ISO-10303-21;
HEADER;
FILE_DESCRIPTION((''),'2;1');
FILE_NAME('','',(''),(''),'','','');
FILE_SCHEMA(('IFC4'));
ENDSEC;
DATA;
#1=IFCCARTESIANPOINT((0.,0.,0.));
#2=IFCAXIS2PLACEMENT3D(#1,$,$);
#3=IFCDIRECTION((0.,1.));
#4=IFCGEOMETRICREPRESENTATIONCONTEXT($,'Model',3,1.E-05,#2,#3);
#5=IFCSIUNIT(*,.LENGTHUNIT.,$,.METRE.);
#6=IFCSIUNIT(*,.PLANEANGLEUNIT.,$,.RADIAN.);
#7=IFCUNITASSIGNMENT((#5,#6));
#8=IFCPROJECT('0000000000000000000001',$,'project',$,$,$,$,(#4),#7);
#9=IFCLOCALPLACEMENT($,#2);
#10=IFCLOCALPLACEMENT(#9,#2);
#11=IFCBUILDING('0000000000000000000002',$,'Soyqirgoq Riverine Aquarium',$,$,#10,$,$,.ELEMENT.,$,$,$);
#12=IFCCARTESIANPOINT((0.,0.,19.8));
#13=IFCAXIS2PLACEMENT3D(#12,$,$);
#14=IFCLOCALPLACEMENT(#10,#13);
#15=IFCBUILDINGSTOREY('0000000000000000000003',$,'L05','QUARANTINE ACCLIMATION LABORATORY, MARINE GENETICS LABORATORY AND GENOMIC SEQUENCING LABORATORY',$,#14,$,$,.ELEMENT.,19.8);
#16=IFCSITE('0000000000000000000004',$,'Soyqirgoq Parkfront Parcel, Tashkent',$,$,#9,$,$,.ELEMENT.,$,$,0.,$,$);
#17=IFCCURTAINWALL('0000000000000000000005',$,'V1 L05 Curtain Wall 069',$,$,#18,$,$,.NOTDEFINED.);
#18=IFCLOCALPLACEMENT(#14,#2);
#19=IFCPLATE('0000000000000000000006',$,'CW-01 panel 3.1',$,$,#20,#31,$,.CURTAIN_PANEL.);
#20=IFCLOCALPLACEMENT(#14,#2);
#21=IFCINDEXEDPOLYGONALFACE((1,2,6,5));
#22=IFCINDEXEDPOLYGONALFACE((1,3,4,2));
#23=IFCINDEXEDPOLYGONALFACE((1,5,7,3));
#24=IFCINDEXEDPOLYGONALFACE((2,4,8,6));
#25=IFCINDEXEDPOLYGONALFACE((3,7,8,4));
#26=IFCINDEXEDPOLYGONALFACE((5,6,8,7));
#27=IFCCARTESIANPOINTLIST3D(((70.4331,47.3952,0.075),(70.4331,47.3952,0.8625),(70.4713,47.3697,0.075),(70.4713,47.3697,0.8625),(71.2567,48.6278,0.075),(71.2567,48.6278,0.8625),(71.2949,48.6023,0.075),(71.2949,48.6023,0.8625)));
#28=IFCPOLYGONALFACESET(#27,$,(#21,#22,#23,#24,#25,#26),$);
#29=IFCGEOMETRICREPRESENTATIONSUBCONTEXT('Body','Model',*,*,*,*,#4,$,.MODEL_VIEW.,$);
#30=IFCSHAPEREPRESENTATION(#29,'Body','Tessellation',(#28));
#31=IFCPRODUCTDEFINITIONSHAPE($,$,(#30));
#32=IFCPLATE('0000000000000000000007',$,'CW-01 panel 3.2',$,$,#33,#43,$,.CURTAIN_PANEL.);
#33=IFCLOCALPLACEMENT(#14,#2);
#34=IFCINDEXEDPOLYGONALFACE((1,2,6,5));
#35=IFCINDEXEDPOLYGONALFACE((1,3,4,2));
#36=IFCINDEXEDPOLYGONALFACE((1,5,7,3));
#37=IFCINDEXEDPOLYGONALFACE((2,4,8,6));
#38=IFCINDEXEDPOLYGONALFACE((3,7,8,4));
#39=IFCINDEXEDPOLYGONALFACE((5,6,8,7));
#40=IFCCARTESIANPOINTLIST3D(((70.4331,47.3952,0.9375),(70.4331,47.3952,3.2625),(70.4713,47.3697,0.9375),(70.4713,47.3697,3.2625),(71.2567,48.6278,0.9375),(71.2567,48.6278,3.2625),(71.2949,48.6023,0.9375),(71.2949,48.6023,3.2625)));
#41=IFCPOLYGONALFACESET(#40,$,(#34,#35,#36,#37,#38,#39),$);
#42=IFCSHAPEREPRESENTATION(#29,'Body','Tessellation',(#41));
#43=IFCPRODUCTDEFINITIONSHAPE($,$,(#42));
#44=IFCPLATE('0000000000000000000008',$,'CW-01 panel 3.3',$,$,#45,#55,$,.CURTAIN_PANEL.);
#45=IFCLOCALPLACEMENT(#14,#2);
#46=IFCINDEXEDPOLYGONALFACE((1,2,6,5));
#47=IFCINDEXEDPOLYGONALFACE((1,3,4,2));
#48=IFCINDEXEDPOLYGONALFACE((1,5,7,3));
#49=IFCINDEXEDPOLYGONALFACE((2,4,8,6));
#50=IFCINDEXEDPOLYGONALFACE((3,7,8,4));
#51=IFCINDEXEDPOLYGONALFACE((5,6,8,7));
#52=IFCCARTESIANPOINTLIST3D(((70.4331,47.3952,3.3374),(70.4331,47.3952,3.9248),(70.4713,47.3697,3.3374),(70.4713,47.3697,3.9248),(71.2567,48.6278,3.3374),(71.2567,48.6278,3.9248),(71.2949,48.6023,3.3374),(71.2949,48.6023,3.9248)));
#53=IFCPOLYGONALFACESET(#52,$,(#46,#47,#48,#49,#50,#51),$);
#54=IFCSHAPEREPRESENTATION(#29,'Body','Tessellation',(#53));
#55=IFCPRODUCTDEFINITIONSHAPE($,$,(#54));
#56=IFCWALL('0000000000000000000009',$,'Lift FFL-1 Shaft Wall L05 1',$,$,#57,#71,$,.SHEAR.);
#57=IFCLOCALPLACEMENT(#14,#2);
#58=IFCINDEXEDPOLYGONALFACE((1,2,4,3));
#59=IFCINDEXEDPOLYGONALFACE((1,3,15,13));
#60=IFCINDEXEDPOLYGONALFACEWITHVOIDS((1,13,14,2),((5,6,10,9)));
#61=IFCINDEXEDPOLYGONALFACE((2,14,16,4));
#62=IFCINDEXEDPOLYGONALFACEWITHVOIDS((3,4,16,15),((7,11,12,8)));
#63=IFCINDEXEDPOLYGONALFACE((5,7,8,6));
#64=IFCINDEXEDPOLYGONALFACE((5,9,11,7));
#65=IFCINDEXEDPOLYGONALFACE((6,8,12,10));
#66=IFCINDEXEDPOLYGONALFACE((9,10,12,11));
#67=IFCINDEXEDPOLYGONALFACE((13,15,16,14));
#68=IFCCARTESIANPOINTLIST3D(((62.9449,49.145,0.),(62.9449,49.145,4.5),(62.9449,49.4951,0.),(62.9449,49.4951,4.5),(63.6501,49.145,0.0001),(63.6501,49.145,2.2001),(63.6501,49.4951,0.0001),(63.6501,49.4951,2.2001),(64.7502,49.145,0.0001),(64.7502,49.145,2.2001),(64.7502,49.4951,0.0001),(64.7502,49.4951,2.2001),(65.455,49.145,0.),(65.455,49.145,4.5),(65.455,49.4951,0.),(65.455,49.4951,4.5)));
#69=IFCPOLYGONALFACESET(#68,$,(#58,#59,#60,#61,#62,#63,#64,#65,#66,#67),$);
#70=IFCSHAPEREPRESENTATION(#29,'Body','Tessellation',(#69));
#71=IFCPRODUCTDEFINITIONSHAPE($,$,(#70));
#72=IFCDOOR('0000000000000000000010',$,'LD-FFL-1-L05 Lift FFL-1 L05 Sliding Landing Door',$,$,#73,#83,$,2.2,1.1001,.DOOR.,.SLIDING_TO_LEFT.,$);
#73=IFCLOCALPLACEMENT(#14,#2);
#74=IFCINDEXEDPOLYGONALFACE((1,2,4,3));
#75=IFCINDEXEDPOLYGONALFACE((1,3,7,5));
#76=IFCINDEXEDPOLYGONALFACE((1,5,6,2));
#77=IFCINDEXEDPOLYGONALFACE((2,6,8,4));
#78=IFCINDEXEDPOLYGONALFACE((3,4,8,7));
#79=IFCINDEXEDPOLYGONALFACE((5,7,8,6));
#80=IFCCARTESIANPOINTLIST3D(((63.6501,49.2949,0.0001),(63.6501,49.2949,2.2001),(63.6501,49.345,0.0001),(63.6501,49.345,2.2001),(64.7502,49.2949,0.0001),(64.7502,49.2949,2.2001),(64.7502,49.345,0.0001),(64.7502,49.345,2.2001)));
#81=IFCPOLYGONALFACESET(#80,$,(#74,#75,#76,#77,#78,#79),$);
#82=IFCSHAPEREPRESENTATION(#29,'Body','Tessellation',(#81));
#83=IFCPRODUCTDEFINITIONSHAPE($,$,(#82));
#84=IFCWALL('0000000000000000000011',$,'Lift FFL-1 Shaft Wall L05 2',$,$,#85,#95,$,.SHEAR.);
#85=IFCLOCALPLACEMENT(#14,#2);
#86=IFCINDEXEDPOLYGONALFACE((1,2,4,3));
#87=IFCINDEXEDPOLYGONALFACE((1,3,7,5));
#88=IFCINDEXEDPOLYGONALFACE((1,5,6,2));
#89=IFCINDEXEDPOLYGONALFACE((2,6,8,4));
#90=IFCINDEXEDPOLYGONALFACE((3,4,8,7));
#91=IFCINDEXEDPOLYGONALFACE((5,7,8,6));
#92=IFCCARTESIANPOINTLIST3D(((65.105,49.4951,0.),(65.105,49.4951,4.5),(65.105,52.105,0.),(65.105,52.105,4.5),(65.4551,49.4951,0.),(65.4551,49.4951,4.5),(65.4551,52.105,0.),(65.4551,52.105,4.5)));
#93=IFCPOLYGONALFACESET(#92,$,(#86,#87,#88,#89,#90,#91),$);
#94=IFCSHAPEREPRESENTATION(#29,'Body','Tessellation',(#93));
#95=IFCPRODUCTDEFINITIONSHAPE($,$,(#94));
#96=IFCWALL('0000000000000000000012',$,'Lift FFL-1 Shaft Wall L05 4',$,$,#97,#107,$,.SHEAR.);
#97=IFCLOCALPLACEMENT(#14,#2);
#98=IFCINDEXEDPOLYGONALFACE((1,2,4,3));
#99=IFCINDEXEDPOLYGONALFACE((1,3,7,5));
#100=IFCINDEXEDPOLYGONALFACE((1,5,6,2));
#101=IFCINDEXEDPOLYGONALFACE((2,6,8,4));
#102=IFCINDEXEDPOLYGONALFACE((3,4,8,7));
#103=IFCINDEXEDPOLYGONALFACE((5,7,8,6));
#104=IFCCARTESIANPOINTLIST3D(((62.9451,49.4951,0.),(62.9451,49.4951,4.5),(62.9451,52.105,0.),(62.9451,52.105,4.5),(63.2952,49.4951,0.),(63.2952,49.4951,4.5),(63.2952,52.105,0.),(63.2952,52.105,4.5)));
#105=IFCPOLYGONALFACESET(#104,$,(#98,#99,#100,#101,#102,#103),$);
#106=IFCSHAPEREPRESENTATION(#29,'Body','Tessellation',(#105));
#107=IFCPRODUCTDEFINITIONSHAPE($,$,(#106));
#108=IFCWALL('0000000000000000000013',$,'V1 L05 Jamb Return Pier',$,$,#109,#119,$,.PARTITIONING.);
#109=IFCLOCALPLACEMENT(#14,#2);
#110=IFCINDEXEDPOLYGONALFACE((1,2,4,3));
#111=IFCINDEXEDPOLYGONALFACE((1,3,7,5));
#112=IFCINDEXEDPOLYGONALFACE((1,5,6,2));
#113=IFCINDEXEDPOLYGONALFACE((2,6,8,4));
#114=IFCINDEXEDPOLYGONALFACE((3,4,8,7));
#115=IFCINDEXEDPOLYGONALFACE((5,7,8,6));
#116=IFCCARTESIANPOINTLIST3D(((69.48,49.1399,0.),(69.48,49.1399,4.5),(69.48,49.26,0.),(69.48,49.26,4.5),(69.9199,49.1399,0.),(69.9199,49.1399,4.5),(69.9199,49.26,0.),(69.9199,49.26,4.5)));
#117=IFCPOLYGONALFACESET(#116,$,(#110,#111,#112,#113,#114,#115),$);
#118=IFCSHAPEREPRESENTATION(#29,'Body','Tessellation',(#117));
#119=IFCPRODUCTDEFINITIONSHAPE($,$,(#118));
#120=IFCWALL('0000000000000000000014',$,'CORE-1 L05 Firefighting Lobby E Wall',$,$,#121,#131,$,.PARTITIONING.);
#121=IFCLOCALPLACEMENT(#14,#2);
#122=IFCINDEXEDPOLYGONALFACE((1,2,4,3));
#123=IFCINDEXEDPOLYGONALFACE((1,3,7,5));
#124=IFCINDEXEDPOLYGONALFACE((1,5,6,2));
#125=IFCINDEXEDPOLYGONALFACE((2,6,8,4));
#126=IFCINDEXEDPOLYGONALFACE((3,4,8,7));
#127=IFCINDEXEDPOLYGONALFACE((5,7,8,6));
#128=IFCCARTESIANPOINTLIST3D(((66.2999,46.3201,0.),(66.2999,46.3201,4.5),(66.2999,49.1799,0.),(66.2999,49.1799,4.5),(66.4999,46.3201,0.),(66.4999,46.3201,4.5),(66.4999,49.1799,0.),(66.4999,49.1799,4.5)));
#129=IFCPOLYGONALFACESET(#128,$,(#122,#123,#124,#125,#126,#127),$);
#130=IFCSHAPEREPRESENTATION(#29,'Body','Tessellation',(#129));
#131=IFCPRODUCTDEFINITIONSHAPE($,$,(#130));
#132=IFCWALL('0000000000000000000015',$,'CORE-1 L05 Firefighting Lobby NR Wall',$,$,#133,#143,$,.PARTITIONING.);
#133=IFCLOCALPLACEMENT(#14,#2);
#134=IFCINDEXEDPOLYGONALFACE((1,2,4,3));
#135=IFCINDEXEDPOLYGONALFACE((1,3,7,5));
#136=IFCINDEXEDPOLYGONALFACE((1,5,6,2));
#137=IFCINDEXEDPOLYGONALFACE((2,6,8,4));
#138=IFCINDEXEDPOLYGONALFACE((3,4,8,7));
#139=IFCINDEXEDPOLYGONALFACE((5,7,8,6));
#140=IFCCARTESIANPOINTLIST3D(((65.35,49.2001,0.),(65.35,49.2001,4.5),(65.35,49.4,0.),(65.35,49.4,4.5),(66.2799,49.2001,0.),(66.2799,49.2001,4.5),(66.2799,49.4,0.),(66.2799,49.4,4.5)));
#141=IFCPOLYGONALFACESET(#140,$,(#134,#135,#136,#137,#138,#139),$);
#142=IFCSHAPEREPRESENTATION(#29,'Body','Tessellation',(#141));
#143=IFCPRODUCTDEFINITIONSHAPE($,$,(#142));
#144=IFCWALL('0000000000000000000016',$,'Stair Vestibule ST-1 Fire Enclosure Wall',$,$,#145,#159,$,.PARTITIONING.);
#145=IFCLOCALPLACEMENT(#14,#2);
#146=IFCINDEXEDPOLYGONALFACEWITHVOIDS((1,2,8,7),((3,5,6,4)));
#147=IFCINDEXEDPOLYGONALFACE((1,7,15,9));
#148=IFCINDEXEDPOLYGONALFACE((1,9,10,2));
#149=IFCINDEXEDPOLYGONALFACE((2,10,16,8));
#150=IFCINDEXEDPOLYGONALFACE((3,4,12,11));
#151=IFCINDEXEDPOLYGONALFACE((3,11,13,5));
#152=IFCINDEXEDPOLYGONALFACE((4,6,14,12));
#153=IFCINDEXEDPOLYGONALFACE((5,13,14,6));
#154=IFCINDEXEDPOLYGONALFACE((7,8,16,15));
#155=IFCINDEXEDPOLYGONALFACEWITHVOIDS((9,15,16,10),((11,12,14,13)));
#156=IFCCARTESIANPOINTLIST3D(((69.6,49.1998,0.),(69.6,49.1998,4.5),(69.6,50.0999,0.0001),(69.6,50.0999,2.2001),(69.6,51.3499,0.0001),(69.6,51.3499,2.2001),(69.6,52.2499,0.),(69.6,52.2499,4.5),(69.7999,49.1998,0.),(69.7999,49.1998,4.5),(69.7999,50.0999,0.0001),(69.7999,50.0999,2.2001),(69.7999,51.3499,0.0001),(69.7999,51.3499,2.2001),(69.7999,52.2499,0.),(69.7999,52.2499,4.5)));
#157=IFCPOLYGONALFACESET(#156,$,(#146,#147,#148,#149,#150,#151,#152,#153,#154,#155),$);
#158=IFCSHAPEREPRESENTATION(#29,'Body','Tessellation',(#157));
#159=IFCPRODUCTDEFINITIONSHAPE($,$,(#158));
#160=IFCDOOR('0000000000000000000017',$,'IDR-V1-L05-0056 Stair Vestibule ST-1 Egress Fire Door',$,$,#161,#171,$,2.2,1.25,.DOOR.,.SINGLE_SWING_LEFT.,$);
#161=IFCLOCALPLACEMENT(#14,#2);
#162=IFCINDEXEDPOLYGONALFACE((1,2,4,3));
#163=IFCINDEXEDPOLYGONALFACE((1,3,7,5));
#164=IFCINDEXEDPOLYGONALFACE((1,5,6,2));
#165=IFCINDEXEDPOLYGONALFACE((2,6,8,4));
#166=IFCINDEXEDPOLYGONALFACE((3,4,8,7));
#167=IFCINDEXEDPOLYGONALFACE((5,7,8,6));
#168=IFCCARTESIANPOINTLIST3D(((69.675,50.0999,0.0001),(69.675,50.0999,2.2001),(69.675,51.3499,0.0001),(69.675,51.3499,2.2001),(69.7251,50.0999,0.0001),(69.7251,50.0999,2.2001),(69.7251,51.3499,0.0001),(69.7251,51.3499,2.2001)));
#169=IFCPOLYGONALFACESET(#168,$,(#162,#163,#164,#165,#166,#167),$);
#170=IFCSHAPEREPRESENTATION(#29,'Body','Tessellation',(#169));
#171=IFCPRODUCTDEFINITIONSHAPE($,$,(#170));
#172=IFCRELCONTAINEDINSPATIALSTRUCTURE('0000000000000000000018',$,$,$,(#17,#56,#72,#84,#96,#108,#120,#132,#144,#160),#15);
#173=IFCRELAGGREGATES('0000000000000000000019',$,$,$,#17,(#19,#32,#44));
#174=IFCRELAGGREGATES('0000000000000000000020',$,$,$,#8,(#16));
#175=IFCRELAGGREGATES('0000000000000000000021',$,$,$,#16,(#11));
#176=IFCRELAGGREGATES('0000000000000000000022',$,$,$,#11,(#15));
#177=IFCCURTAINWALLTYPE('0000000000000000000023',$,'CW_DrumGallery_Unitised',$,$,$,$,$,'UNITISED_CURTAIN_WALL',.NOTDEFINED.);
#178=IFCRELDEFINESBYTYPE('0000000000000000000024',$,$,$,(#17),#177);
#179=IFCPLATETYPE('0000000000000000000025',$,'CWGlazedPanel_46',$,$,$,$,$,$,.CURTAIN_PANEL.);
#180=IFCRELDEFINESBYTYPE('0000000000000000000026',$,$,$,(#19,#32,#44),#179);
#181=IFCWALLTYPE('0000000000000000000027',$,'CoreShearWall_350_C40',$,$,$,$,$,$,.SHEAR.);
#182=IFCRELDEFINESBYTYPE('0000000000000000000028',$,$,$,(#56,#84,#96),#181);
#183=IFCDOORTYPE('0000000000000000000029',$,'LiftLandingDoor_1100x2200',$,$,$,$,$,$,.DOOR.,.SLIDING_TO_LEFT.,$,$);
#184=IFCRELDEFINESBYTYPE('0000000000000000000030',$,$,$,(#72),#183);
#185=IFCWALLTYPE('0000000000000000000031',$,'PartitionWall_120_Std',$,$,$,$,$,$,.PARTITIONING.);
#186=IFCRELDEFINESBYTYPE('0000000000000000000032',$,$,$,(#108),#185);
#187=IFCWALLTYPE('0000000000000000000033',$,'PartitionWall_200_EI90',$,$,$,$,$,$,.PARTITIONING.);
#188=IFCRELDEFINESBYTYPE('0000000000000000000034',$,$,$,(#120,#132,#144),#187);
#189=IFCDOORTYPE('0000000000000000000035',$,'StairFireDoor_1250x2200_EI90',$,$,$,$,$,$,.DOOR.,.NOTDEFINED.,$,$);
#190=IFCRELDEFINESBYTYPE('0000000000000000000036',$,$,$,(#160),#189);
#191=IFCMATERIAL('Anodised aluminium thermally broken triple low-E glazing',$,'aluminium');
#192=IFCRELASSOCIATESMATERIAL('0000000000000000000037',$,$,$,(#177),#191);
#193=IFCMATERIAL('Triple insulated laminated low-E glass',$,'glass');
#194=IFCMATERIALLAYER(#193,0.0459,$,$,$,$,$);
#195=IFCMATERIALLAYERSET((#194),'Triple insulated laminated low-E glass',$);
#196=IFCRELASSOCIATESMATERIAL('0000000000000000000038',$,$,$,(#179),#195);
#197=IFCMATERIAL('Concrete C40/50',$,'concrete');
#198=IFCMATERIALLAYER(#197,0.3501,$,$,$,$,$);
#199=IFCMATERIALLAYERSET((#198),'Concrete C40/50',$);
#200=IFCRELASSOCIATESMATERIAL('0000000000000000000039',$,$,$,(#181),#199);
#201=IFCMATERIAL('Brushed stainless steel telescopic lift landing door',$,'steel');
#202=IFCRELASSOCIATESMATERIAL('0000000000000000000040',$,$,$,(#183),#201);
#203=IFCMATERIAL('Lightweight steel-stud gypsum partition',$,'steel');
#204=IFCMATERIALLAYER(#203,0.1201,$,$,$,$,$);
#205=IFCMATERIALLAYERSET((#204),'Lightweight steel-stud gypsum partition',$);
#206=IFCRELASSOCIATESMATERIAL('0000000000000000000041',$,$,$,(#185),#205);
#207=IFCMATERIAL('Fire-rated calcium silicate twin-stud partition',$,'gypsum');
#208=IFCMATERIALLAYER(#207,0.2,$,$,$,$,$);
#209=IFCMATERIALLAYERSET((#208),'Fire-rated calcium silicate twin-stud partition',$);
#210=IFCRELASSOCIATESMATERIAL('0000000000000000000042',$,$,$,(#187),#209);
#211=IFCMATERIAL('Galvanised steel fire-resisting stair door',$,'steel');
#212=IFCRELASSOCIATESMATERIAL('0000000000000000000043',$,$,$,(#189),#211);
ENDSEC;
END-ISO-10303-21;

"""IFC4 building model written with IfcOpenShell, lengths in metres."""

from ifc_helpers import new_model, si_unit, direction, frame, frame_2d, origin, origin_2d, place, context, subcontext, project, spatial, rectangle, extrude, material, layer, layer_set, type_object, element, fill, aggregate, save


model = new_model("IFC4")

# Units and contexts
model_context = context("Model", 3, precision=1e-05, world=origin(), true_north=direction((0.0, 1.0)))
body_context = subcontext(model_context, "Body", "Model", "MODEL_VIEW")
ifc_project = project(units=[si_unit("LENGTHUNIT", "METRE"), si_unit("PLANEANGLEUNIT", "RADIAN")], contexts=[model_context])

# Site, building, storey
site_placement = place(None, origin())
site = spatial("IfcSite", under=ifc_project, at=site_placement, Name="Soyqirgoq Parkfront Parcel, Tashkent", CompositionType="ELEMENT", RefElevation=0.0)
building_placement = place(site_placement, origin())
building = spatial("IfcBuilding", under=site, at=building_placement, Name="Soyqirgoq Riverine Aquarium", CompositionType="ELEMENT")
storey_placement = place(building_placement, frame((0.0, 0.0, 19.8)))
storey = spatial("IfcBuildingStorey", under=building, at=storey_placement, Name="L05", Description="QUARANTINE ACCLIMATION LABORATORY, MARINE GENETICS LABORATORY AND GENOMIC SEQUENCING LABORATORY", CompositionType="ELEMENT", Elevation=19.8)

# Curtain wall, plates
ifc_material_1 = material(Name="Anodised aluminium thermally broken triple low-E glazing", Category="aluminium")
curtain_wall_type = type_object("IfcCurtainWallType", Name="CW_DrumGallery_Unitised", ElementType="UNITISED_CURTAIN_WALL", PredefinedType="NOTDEFINED", material=ifc_material_1)
curtain_wall_placement = place(storey_placement, origin())
curtain_wall = element("IfcCurtainWall", 1, at=curtain_wall_placement, inside=storey, type_object=curtain_wall_type, Name="V1 L05 Curtain Wall 069", PredefinedType="NOTDEFINED")
ifc_material_2 = material(Name="Triple insulated laminated low-E glass", Category="glass")
ifc_layer_1 = layer(ifc_material_2, 0.0459)
ifc_layer_set_1 = layer_set([ifc_layer_1], Name="Triple insulated laminated low-E glass")
plate_type = type_object("IfcPlateType", Name="CWGlazedPanel_46", PredefinedType="CURTAIN_PANEL", material=ifc_layer_set_1)
plate_1_placement = place(storey_placement, frame((70.864, 47.9988, 0.075), z_axis=(0.0, 0.0, 1.0), x_axis=(0.555561, 0.831476, 0.0)))
plate_1 = element("IfcPlate", 2, at=plate_1_placement, type_object=plate_type, Name="CW-01 panel 3.1", PredefinedType="CURTAIN_PANEL", context=body_context, shape_type="SweptSolid", body=[
    extrude(rectangle(XDim=1.4824, YDim=0.0459, at=origin_2d()), origin(), (0.0, 0.0, 1.0), 0.7876),
])
plate_2_placement = place(storey_placement, frame((70.864, 47.9988, 0.9375), z_axis=(0.0, 0.0, 1.0), x_axis=(0.555561, 0.831476, 0.0)))
plate_2 = element("IfcPlate", 3, at=plate_2_placement, type_object=plate_type, Name="CW-01 panel 3.2", PredefinedType="CURTAIN_PANEL", context=body_context, shape_type="SweptSolid", body=[
    extrude(rectangle(XDim=1.4824, YDim=0.0459, at=origin_2d()), origin(), (0.0, 0.0, 1.0), 2.325),
])
plate_3_placement = place(storey_placement, frame((70.864, 47.9988, 3.3374), z_axis=(0.0, 0.0, 1.0), x_axis=(0.555561, 0.831476, 0.0)))
plate_3 = element("IfcPlate", 4, at=plate_3_placement, type_object=plate_type, Name="CW-01 panel 3.3", PredefinedType="CURTAIN_PANEL", context=body_context, shape_type="SweptSolid", body=[
    extrude(rectangle(XDim=1.4824, YDim=0.0459, at=origin_2d()), origin(), (0.0, 0.0, 1.0), 0.5874),
])
aggregate(curtain_wall, [plate_1, plate_2, plate_3])

# Wall, opening, door
ifc_material_3 = material(Name="Concrete C40/50", Category="concrete")
ifc_layer_2 = layer(ifc_material_3, 0.3501)
ifc_layer_set_2 = layer_set([ifc_layer_2], Name="Concrete C40/50")
wall_type_1 = type_object("IfcWallType", Name="CoreShearWall_350_C40", PredefinedType="SHEAR", material=ifc_layer_set_2)
wall_1_placement = place(storey_placement, frame((62.9451, 49.3201, 0.0), z_axis=(0.0, 0.0, 1.0), x_axis=(1.0, 0.0, 0.0)))
wall_1 = element("IfcWall", 5, at=wall_1_placement, inside=storey, type_object=wall_type_1, Name="Lift FFL-1 Shaft Wall L05 1", PredefinedType="SHEAR", context=body_context, shape_type="SweptSolid", body=[
    extrude(rectangle(XDim=2.51, YDim=0.3501, at=frame_2d((1.2549, 0.0))), origin(), (0.0, 0.0, 1.0), 4.5),
])
opening_1_placement = place(wall_1_placement, frame((0.7051, 0.0, 0.0)))
opening_1 = element("IfcOpeningElement", 6, at=opening_1_placement, cuts=wall_1, PredefinedType="OPENING", context=body_context, shape_type="SweptSolid", body=[
    extrude(rectangle(XDim=1.1001, YDim=2.2, at=frame_2d((0.55, 1.1001))), frame((0.0, 0.1851, 0.0), z_axis=(0.0, -1.0, 0.0), x_axis=(1.0, 0.0, 0.0)), (0.0, 0.0, 1.0), 0.3701),
])
ifc_material_4 = material(Name="Brushed stainless steel telescopic lift landing door", Category="steel")
door_type_1 = type_object("IfcDoorType", Name="LiftLandingDoor_1100x2200", OperationType="SLIDING_TO_LEFT", PredefinedType="DOOR", material=ifc_material_4)
door_1_placement = place(opening_1_placement, origin())
door_1 = element("IfcDoor", 7, at=door_1_placement, inside=storey, type_object=door_type_1, Name="LD-FFL-1-L05 Lift FFL-1 L05 Sliding Landing Door", OperationType="SLIDING_TO_LEFT", OverallHeight=2.2, OverallWidth=1.1001, PredefinedType="DOOR", context=body_context, shape_type="SweptSolid", body=[
    extrude(rectangle(XDim=1.1001, YDim=2.2, at=frame_2d((0.55, 1.1001))), frame((0.0, 0.0249, 0.0), z_axis=(0.0, -1.0, 0.0), x_axis=(1.0, 0.0, 0.0)), (0.0, 0.0, 1.0), 0.05),
])
fill(opening_1, door_1)

# Walls
for number, where, z_axis, x_axis, name in (
    (8, (65.28, 49.4951, 0.0), (0.0, 0.0, 1.0), (0.0, 1.0, 0.0), "Lift FFL-1 Shaft Wall L05 2"),
    (9, (63.1201, 52.105, 0.0), (0.0, 0.0, 1.0), (0.0, -1.0, 0.0), "Lift FFL-1 Shaft Wall L05 4"),
):
    element("IfcWall", number, at=place(storey_placement, frame(where, z_axis=z_axis, x_axis=x_axis)), inside=storey, type_object=wall_type_1, Name=name, PredefinedType="SHEAR", context=body_context, shape_type="SweptSolid", body=[
        extrude(rectangle(XDim=2.6099, YDim=0.3501, at=frame_2d((1.3049, 0.0))), origin(), (0.0, 0.0, 1.0), 4.5),
    ])
ifc_material_5 = material(Name="Lightweight steel-stud gypsum partition", Category="steel")
ifc_layer_3 = layer(ifc_material_5, 0.1201)
ifc_layer_set_3 = layer_set([ifc_layer_3], Name="Lightweight steel-stud gypsum partition")
wall_type_2 = type_object("IfcWallType", Name="PartitionWall_120_Std", PredefinedType="PARTITIONING", material=ifc_layer_set_3)
wall_2_placement = place(storey_placement, frame((69.9199, 49.2, 0.0), z_axis=(0.0, 0.0, 1.0), x_axis=(-1.0, 0.0, 0.0)))
element("IfcWall", 10, at=wall_2_placement, inside=storey, type_object=wall_type_2, Name="V1 L05 Jamb Return Pier", PredefinedType="PARTITIONING", context=body_context, shape_type="SweptSolid", body=[
    extrude(rectangle(XDim=0.4399, YDim=0.1201, at=frame_2d((0.22, 0.0))), origin(), (0.0, 0.0, 1.0), 4.5),
])
ifc_material_6 = material(Name="Fire-rated calcium silicate twin-stud partition", Category="gypsum")
ifc_layer_4 = layer(ifc_material_6, 0.2)
ifc_layer_set_4 = layer_set([ifc_layer_4], Name="Fire-rated calcium silicate twin-stud partition")
wall_type_3 = type_object("IfcWallType", Name="PartitionWall_200_EI90", PredefinedType="PARTITIONING", material=ifc_layer_set_4)
wall_3_placement = place(storey_placement, frame((66.3999, 46.3201, 0.0), z_axis=(0.0, 0.0, 1.0), x_axis=(0.0, 1.0, 0.0)))
element("IfcWall", 11, at=wall_3_placement, inside=storey, type_object=wall_type_3, Name="CORE-1 L05 Firefighting Lobby E Wall", PredefinedType="PARTITIONING", context=body_context, shape_type="SweptSolid", body=[
    extrude(rectangle(XDim=2.8599, YDim=0.2, at=frame_2d((1.4299, 0.0))), origin(), (0.0, 0.0, 1.0), 4.5),
])
wall_4_placement = place(storey_placement, frame((65.3501, 49.3, 0.0), z_axis=(0.0, 0.0, 1.0), x_axis=(1.0, 0.0, 0.0)))
element("IfcWall", 12, at=wall_4_placement, inside=storey, type_object=wall_type_3, Name="CORE-1 L05 Firefighting Lobby NR Wall", PredefinedType="PARTITIONING", context=body_context, shape_type="SweptSolid", body=[
    extrude(rectangle(XDim=0.9299, YDim=0.2, at=frame_2d((0.4648, 0.0))), origin(), (0.0, 0.0, 1.0), 4.5),
])

# Wall, opening, door
wall_5_placement = place(storey_placement, frame((69.7, 49.2, 0.0), z_axis=(0.0, 0.0, 1.0), x_axis=(0.0, 1.0, 0.0)))
wall_5 = element("IfcWall", 13, at=wall_5_placement, inside=storey, type_object=wall_type_3, Name="Stair Vestibule ST-1 Fire Enclosure Wall", PredefinedType="PARTITIONING", context=body_context, shape_type="SweptSolid", body=[
    extrude(rectangle(XDim=3.05, YDim=0.2, at=frame_2d((1.5249, 0.0))), origin(), (0.0, 0.0, 1.0), 4.5),
])
opening_2_placement = place(wall_5_placement, frame((0.8999, 0.0, 0.0)))
opening_2 = element("IfcOpeningElement", 14, at=opening_2_placement, cuts=wall_5, PredefinedType="OPENING", context=body_context, shape_type="SweptSolid", body=[
    extrude(rectangle(XDim=1.25, YDim=2.2, at=frame_2d((0.625, 1.1001))), frame((0.0, 0.1099, 0.0), z_axis=(0.0, -1.0, 0.0), x_axis=(1.0, 0.0, 0.0)), (0.0, 0.0, 1.0), 0.22),
])
ifc_material_7 = material(Name="Galvanised steel fire-resisting stair door", Category="steel")
door_type_2 = type_object("IfcDoorType", Name="StairFireDoor_1250x2200_EI90", OperationType="NOTDEFINED", PredefinedType="DOOR", material=ifc_material_7)
door_2_placement = place(opening_2_placement, origin())
door_2 = element("IfcDoor", 15, at=door_2_placement, inside=storey, type_object=door_type_2, Name="IDR-V1-L05-0056 Stair Vestibule ST-1 Egress Fire Door", OperationType="SINGLE_SWING_LEFT", OverallHeight=2.2, OverallWidth=1.25, PredefinedType="DOOR", context=body_context, shape_type="SweptSolid", body=[
    extrude(rectangle(XDim=1.25, YDim=2.2, at=frame_2d((0.625, 1.1001))), frame((0.0, 0.0249, 0.0), z_axis=(0.0, -1.0, 0.0), x_axis=(1.0, 0.0, 0.0)), (0.0, 0.0, 1.0), 0.05),
])
fill(opening_2, door_2)

save(model, "model.ifc")
